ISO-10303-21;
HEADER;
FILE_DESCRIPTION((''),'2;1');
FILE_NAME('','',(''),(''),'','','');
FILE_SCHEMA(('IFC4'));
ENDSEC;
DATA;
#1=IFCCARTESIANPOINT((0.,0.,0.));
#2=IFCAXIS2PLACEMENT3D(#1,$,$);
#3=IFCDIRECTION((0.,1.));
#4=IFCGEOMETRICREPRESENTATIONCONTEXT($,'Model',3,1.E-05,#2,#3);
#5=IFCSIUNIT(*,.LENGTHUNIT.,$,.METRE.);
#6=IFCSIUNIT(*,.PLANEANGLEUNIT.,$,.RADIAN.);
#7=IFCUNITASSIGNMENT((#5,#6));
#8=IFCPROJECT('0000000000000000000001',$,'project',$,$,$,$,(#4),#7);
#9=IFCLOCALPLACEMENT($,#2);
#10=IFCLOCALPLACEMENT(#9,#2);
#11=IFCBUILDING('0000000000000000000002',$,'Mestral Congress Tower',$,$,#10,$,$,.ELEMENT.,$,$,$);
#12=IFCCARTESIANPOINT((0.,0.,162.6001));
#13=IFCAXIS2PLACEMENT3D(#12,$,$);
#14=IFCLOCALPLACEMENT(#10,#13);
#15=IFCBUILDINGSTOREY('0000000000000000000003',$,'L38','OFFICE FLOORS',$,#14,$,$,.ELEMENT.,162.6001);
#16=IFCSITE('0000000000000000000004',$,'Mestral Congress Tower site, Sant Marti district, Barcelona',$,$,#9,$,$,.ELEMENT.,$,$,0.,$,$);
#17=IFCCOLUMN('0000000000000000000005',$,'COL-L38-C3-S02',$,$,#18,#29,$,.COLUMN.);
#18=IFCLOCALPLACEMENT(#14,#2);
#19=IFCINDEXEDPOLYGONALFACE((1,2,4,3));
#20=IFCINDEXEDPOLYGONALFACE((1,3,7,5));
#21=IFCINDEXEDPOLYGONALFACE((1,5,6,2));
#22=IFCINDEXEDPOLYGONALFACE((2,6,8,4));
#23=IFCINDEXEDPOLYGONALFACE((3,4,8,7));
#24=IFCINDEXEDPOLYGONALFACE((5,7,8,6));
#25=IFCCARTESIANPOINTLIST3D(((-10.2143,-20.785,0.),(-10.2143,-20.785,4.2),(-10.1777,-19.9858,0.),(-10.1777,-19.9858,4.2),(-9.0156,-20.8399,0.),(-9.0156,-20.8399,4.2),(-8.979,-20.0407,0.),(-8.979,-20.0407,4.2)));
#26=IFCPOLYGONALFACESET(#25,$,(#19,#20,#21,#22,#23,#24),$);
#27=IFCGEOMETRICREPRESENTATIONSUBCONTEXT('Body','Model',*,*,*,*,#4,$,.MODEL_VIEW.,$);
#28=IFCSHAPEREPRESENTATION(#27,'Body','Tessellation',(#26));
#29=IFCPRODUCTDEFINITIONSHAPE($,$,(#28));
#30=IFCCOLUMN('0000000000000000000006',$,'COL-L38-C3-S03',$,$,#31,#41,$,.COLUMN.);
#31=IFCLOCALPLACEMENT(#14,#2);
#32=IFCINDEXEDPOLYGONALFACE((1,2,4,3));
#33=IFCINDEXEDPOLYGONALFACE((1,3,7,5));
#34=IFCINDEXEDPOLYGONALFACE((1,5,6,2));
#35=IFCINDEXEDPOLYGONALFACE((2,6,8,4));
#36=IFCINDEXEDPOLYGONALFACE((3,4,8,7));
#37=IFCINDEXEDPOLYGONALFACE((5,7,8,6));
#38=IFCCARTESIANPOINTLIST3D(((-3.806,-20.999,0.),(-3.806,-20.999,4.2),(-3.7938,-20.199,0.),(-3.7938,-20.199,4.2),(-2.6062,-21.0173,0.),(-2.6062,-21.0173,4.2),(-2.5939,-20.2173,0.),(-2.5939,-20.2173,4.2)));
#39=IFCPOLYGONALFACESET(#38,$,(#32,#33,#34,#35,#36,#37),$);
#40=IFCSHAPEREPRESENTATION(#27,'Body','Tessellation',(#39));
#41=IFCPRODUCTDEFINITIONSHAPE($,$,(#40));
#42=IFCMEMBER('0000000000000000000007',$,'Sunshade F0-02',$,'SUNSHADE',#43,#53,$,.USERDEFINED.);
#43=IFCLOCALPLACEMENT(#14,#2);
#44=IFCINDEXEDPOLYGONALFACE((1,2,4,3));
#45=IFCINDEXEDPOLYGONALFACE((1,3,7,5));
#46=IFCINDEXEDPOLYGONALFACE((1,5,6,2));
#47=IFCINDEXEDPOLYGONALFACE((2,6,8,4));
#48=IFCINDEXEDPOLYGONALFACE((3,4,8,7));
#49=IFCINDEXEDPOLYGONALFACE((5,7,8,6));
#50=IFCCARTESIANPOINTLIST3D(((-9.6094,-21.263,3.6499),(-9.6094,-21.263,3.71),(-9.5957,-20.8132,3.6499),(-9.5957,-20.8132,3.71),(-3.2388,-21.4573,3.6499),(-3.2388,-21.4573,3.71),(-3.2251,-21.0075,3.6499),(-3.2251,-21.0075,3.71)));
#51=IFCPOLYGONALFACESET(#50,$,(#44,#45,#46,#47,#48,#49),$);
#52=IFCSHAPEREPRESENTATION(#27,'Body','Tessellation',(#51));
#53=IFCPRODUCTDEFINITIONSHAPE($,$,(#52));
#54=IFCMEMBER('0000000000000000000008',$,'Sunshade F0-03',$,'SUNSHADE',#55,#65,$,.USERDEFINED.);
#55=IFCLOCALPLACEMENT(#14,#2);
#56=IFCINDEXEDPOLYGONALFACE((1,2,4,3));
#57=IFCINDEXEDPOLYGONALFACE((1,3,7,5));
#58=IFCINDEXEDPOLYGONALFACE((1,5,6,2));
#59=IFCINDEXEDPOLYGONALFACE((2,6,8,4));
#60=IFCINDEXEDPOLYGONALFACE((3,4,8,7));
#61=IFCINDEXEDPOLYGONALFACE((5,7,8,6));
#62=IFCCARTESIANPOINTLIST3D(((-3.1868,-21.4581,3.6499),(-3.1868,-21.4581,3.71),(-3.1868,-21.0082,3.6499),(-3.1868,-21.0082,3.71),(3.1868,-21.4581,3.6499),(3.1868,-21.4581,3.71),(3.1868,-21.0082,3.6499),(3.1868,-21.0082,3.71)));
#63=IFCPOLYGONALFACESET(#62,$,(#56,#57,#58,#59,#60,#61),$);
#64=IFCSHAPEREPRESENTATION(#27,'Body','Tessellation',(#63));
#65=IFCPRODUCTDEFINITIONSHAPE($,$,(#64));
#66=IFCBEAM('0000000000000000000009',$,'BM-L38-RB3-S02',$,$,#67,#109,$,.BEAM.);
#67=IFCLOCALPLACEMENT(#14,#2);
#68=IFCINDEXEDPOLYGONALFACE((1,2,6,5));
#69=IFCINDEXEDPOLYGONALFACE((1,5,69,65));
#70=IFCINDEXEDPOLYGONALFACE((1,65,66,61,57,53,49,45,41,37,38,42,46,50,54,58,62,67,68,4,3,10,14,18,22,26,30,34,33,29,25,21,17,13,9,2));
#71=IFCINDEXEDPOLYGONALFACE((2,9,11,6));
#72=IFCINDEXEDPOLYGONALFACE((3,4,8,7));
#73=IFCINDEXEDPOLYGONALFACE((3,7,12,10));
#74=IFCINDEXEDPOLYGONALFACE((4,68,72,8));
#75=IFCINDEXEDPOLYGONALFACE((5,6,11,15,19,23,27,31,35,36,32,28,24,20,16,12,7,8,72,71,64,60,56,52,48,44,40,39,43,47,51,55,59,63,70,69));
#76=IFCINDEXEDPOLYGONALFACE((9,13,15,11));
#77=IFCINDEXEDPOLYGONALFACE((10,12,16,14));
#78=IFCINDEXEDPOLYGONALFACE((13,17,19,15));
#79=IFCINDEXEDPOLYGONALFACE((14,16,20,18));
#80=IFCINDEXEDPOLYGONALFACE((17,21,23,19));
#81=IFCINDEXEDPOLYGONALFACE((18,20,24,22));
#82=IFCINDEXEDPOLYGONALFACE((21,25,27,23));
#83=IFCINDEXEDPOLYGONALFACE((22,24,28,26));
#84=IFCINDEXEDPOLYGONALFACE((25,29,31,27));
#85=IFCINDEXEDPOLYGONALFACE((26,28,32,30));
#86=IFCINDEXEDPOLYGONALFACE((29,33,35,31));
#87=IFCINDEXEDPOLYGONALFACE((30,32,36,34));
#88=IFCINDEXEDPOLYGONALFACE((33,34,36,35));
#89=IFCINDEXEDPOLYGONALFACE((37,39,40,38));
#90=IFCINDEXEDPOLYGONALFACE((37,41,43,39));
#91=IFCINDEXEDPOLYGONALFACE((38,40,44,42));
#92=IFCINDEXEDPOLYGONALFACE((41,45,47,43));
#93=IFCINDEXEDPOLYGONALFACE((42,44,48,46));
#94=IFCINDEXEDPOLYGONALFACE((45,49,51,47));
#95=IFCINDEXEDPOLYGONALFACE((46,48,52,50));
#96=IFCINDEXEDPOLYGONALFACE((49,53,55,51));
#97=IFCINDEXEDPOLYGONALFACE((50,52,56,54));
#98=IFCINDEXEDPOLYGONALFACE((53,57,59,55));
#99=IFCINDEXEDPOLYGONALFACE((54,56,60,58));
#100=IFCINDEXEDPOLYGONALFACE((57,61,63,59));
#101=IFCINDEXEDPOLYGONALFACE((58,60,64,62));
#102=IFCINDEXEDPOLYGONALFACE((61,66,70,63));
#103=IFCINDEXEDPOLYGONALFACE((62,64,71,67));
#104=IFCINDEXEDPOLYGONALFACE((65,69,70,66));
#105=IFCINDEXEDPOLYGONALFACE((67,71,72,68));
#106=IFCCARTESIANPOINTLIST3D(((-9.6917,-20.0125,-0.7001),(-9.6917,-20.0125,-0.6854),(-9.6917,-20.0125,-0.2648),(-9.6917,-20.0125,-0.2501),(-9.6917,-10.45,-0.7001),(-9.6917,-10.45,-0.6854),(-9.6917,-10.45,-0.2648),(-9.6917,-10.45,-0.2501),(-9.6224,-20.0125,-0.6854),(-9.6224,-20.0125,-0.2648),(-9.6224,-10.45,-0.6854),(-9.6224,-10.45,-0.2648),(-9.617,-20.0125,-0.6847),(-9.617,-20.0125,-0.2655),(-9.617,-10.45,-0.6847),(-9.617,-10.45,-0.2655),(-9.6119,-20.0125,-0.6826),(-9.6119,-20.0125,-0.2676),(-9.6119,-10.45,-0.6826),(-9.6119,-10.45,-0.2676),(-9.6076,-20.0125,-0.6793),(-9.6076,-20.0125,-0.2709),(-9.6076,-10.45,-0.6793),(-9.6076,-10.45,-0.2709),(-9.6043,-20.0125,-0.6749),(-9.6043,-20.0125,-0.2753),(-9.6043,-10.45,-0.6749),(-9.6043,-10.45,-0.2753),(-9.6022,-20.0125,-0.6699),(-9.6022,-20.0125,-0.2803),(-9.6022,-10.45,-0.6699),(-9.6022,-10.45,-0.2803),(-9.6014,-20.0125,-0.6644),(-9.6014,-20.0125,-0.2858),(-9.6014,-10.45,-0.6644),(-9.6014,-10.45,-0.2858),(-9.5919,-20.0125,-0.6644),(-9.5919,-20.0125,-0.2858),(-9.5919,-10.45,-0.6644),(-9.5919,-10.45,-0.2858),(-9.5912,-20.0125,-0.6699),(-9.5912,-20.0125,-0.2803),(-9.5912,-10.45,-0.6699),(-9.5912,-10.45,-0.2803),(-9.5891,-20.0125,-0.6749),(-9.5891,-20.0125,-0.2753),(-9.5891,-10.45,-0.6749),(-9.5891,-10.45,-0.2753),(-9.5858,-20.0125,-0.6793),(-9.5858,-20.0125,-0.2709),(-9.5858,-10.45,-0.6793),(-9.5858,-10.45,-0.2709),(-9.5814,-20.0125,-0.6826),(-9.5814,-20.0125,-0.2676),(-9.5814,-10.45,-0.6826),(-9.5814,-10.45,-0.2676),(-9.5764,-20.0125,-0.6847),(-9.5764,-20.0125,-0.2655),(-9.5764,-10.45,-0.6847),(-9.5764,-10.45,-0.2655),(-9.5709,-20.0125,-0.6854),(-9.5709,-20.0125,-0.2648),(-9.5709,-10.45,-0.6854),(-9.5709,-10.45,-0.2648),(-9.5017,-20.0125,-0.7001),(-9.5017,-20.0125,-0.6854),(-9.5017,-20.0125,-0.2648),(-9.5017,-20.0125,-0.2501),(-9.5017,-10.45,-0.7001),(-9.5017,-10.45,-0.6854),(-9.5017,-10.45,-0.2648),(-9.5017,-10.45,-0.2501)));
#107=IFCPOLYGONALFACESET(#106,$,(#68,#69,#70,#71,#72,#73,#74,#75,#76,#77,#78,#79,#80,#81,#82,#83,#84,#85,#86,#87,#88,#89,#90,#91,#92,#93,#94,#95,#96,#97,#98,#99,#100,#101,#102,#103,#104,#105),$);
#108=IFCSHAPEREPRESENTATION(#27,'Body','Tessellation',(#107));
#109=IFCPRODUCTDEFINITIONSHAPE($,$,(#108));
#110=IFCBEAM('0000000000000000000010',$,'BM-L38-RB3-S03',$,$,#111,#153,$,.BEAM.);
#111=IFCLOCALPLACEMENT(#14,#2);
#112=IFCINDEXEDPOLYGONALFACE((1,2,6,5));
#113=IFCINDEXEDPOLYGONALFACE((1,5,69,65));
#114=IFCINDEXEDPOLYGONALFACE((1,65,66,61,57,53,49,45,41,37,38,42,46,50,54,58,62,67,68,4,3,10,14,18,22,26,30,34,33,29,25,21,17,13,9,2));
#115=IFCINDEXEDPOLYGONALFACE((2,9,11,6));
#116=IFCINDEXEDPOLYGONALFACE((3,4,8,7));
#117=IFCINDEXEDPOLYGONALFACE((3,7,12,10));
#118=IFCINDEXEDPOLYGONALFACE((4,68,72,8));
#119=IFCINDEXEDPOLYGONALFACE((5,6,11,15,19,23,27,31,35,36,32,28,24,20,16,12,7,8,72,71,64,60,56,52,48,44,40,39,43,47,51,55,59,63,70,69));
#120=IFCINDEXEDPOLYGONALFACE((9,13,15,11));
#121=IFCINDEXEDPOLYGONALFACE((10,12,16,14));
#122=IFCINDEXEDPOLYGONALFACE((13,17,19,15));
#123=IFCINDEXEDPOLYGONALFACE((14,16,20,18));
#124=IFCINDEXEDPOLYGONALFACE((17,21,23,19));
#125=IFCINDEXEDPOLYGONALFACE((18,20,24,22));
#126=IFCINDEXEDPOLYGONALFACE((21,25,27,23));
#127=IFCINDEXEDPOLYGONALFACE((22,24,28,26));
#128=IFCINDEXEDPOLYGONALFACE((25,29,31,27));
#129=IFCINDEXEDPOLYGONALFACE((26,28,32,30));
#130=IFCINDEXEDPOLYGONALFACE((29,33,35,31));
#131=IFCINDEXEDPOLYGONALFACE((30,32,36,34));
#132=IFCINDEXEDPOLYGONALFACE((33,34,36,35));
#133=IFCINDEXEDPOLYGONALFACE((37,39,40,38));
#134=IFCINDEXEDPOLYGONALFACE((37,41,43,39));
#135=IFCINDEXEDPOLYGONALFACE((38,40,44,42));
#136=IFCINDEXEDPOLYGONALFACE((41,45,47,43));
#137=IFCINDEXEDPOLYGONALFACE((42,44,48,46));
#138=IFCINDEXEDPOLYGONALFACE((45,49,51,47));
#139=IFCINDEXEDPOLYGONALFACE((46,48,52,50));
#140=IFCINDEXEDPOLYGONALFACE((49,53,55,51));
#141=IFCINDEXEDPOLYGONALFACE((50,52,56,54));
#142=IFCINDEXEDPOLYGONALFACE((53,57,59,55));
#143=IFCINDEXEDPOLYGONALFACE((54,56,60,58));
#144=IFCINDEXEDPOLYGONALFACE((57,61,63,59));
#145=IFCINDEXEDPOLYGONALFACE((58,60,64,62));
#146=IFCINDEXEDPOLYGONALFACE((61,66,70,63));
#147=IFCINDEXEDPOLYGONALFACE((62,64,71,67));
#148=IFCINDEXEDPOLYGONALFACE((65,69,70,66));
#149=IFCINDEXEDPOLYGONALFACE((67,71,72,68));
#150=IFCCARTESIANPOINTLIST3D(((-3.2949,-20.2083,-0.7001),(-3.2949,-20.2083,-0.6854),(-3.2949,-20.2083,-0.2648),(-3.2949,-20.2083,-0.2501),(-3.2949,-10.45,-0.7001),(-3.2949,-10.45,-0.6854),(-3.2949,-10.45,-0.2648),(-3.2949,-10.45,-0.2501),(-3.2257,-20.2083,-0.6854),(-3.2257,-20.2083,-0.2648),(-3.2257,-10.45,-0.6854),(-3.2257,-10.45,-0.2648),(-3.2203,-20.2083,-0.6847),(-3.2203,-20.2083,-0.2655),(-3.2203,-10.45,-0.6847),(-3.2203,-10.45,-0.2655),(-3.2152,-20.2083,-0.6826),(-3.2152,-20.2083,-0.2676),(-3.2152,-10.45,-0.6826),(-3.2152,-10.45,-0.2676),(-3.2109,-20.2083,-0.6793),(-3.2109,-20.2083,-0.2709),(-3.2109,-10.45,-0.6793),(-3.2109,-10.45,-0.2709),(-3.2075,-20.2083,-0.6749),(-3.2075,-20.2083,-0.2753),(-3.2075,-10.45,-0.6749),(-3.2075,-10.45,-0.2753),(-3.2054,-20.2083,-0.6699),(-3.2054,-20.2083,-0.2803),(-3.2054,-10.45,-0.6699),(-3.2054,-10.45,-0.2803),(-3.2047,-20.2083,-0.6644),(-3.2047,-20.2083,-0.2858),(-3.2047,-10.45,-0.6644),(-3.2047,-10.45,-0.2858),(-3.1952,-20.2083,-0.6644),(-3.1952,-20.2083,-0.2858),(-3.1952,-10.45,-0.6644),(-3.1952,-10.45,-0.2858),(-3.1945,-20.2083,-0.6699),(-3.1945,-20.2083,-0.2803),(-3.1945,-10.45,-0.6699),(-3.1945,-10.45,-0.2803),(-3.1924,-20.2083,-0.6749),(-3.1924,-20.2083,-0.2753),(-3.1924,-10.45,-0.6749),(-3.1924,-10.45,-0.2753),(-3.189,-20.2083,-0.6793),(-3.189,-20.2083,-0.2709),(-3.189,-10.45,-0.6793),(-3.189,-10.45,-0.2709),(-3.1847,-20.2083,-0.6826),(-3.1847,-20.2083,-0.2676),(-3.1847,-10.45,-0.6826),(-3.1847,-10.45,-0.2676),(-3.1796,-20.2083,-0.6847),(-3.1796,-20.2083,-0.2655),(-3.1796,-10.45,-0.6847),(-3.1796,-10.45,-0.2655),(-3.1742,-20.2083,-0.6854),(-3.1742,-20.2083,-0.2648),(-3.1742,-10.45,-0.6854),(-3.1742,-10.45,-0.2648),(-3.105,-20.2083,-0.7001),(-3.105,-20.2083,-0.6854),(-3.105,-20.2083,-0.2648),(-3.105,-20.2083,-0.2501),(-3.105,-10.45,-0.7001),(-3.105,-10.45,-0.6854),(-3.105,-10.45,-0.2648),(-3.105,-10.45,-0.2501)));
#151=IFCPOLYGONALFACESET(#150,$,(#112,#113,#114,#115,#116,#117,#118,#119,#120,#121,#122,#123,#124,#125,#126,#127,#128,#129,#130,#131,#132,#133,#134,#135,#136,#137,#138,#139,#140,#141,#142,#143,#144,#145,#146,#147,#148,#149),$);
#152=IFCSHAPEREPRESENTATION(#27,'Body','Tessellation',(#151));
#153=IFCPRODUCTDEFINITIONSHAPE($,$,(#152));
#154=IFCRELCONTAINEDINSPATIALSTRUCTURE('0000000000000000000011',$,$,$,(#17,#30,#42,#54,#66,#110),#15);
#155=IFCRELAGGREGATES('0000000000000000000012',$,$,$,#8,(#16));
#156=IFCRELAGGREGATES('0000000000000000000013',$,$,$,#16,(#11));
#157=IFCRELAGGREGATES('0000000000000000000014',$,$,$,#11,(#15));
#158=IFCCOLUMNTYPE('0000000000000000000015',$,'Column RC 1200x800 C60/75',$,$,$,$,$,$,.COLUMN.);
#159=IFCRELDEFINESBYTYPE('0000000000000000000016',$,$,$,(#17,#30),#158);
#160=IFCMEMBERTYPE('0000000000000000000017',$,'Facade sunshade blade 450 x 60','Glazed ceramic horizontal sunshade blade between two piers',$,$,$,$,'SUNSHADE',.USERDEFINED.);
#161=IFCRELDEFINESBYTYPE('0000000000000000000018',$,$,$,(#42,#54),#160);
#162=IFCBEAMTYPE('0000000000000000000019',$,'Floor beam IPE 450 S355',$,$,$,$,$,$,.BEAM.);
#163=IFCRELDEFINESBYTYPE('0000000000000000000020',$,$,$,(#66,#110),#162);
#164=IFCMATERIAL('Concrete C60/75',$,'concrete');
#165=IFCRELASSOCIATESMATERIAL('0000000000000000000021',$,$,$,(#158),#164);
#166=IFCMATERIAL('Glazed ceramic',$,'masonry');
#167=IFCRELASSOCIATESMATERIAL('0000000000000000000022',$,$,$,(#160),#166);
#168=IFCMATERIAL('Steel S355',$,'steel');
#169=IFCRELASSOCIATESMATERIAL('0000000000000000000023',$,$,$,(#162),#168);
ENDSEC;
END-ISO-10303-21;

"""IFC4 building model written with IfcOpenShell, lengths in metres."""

from ifc_helpers import new_model, si_unit, direction, frame, origin, origin_2d, place, context, subcontext, project, spatial, rectangle, i_section, extrude, material, material_profile, profile_set, type_object, element, save


model = new_model("IFC4")

# Units and contexts
model_context = context("Model", 3, precision=1e-05, world=origin(), true_north=direction((0.0, 1.0)))
body_context = subcontext(model_context, "Body", "Model", "MODEL_VIEW")
ifc_project = project(units=[si_unit("LENGTHUNIT", "METRE"), si_unit("PLANEANGLEUNIT", "RADIAN")], contexts=[model_context])

# Site, building, storey
site_placement = place(None, origin())
site = spatial("IfcSite", under=ifc_project, at=site_placement, Name="Mestral Congress Tower site, Sant Marti district, Barcelona", CompositionType="ELEMENT", RefElevation=0.0)
building_placement = place(site_placement, origin())
building = spatial("IfcBuilding", under=site, at=building_placement, Name="Mestral Congress Tower", CompositionType="ELEMENT")
storey_placement = place(building_placement, frame((0.0, 0.0, 162.6001)))
storey = spatial("IfcBuildingStorey", under=building, at=storey_placement, Name="L38", Description="OFFICE FLOORS", CompositionType="ELEMENT", Elevation=162.6001)

# Columns
ifc_material_1 = material(Name="Concrete C60/75", Category="concrete")
ifc_material_profile_1 = material_profile(ifc_material_1, rectangle(XDim=1.2, YDim=0.8, at=origin_2d()), Name="RC 1200x800")
ifc_profile_set_1 = profile_set([ifc_material_profile_1], Name="Concrete C60/75")
column_type = type_object("IfcColumnType", Name="Column RC 1200x800 C60/75", PredefinedType="COLUMN", material=ifc_profile_set_1)
for number, where, z_axis, x_axis, name in (
    (1, (-9.5967, -20.4128, 0.0), (0.0, 0.0, 1.0), (0.998952, -0.045771, 0.0), "COL-L38-C3-S02"),
    (2, (-3.2, -20.6082, 0.0), (0.0, 0.0, 1.0), (0.999884, -0.015262, 0.0), "COL-L38-C3-S03"),
):
    element("IfcColumn", number, at=place(storey_placement, frame(where, z_axis=z_axis, x_axis=x_axis)), inside=storey, type_object=column_type, Name=name, PredefinedType="COLUMN", context=body_context, shape_type="SweptSolid", body=[
        extrude(rectangle(XDim=1.2, YDim=0.8, at=origin_2d()), origin(), (0.0, 0.0, 1.0), 4.2),
    ])

# Members
ifc_material_2 = material(Name="Glazed ceramic", Category="masonry")
ifc_material_profile_2 = material_profile(ifc_material_2, rectangle(XDim=0.45, YDim=0.0601, at=origin_2d()), Name="Ceramic blade 450 x 60")
ifc_profile_set_2 = profile_set([ifc_material_profile_2], Name="Glazed ceramic")
member_type = type_object("IfcMemberType", Name="Facade sunshade blade 450 x 60", Description="Glazed ceramic horizontal sunshade blade between two piers", ElementType="SUNSHADE", PredefinedType="USERDEFINED", material=ifc_profile_set_2)
for number, where, z_axis, x_axis, name in (
    (3, (-9.6025, -21.0381, 3.6799), (0.999535, -0.030491, 0.0), (0.030491, 0.999535, 0.0), "Sunshade F0-02"),
    (4, (-3.1868, -21.2332, 3.6799), (1.0, 0.0, 0.0), (0.0, 1.0, 0.0), "Sunshade F0-03"),
):
    element("IfcMember", number, at=place(storey_placement, frame(where, z_axis=z_axis, x_axis=x_axis)), inside=storey, type_object=member_type, Name=name, ObjectType="SUNSHADE", PredefinedType="USERDEFINED", context=body_context, shape_type="SweptSolid", body=[
        extrude(rectangle(XDim=0.45, YDim=0.0601, at=origin_2d()), origin(), (0.0, 0.0, 1.0), 6.3735),
    ])

# Beams
ifc_material_3 = material(Name="Steel S355", Category="steel")
ifc_material_profile_3 = material_profile(ifc_material_3, i_section(OverallWidth=0.1899, OverallDepth=0.45, WebThickness=0.0095, FlangeThickness=0.0146, FilletRadius=0.021, at=origin_2d()), Name="IPE 450")
ifc_profile_set_3 = profile_set([ifc_material_profile_3], Name="Steel S355")
beam_type_1 = type_object("IfcBeamType", Name="Floor beam IPE 450 S355", PredefinedType="BEAM", material=ifc_profile_set_3)
beam_1_placement = place(storey_placement, frame((-9.5967, -20.0125, -0.4751), z_axis=(0.0, 1.0, 0.0), x_axis=(-1.0, 0.0, 0.0)))
element("IfcBeam", 5, at=beam_1_placement, inside=storey, type_object=beam_type_1, Name="BM-L38-RB3-S02", PredefinedType="BEAM", context=body_context, shape_type="SweptSolid", body=[
    extrude(i_section(OverallWidth=0.1899, OverallDepth=0.45, WebThickness=0.0095, FlangeThickness=0.0146, FilletRadius=0.021, at=origin_2d()), origin(), (0.0, 0.0, 1.0), 9.5625),
])
beam_2_placement = place(storey_placement, frame((-3.2, -20.2083, -0.4751), z_axis=(0.0, 1.0, 0.0), x_axis=(-1.0, 0.0, 0.0)))
element("IfcBeam", 6, at=beam_2_placement, inside=storey, type_object=beam_type_1, Name="BM-L38-RB3-S03", PredefinedType="BEAM", context=body_context, shape_type="SweptSolid", body=[
    extrude(i_section(OverallWidth=0.1899, OverallDepth=0.45, WebThickness=0.0095, FlangeThickness=0.0146, FilletRadius=0.021, at=origin_2d()), origin(), (0.0, 0.0, 1.0), 9.7583),
])

save(model, "model.ifc")
